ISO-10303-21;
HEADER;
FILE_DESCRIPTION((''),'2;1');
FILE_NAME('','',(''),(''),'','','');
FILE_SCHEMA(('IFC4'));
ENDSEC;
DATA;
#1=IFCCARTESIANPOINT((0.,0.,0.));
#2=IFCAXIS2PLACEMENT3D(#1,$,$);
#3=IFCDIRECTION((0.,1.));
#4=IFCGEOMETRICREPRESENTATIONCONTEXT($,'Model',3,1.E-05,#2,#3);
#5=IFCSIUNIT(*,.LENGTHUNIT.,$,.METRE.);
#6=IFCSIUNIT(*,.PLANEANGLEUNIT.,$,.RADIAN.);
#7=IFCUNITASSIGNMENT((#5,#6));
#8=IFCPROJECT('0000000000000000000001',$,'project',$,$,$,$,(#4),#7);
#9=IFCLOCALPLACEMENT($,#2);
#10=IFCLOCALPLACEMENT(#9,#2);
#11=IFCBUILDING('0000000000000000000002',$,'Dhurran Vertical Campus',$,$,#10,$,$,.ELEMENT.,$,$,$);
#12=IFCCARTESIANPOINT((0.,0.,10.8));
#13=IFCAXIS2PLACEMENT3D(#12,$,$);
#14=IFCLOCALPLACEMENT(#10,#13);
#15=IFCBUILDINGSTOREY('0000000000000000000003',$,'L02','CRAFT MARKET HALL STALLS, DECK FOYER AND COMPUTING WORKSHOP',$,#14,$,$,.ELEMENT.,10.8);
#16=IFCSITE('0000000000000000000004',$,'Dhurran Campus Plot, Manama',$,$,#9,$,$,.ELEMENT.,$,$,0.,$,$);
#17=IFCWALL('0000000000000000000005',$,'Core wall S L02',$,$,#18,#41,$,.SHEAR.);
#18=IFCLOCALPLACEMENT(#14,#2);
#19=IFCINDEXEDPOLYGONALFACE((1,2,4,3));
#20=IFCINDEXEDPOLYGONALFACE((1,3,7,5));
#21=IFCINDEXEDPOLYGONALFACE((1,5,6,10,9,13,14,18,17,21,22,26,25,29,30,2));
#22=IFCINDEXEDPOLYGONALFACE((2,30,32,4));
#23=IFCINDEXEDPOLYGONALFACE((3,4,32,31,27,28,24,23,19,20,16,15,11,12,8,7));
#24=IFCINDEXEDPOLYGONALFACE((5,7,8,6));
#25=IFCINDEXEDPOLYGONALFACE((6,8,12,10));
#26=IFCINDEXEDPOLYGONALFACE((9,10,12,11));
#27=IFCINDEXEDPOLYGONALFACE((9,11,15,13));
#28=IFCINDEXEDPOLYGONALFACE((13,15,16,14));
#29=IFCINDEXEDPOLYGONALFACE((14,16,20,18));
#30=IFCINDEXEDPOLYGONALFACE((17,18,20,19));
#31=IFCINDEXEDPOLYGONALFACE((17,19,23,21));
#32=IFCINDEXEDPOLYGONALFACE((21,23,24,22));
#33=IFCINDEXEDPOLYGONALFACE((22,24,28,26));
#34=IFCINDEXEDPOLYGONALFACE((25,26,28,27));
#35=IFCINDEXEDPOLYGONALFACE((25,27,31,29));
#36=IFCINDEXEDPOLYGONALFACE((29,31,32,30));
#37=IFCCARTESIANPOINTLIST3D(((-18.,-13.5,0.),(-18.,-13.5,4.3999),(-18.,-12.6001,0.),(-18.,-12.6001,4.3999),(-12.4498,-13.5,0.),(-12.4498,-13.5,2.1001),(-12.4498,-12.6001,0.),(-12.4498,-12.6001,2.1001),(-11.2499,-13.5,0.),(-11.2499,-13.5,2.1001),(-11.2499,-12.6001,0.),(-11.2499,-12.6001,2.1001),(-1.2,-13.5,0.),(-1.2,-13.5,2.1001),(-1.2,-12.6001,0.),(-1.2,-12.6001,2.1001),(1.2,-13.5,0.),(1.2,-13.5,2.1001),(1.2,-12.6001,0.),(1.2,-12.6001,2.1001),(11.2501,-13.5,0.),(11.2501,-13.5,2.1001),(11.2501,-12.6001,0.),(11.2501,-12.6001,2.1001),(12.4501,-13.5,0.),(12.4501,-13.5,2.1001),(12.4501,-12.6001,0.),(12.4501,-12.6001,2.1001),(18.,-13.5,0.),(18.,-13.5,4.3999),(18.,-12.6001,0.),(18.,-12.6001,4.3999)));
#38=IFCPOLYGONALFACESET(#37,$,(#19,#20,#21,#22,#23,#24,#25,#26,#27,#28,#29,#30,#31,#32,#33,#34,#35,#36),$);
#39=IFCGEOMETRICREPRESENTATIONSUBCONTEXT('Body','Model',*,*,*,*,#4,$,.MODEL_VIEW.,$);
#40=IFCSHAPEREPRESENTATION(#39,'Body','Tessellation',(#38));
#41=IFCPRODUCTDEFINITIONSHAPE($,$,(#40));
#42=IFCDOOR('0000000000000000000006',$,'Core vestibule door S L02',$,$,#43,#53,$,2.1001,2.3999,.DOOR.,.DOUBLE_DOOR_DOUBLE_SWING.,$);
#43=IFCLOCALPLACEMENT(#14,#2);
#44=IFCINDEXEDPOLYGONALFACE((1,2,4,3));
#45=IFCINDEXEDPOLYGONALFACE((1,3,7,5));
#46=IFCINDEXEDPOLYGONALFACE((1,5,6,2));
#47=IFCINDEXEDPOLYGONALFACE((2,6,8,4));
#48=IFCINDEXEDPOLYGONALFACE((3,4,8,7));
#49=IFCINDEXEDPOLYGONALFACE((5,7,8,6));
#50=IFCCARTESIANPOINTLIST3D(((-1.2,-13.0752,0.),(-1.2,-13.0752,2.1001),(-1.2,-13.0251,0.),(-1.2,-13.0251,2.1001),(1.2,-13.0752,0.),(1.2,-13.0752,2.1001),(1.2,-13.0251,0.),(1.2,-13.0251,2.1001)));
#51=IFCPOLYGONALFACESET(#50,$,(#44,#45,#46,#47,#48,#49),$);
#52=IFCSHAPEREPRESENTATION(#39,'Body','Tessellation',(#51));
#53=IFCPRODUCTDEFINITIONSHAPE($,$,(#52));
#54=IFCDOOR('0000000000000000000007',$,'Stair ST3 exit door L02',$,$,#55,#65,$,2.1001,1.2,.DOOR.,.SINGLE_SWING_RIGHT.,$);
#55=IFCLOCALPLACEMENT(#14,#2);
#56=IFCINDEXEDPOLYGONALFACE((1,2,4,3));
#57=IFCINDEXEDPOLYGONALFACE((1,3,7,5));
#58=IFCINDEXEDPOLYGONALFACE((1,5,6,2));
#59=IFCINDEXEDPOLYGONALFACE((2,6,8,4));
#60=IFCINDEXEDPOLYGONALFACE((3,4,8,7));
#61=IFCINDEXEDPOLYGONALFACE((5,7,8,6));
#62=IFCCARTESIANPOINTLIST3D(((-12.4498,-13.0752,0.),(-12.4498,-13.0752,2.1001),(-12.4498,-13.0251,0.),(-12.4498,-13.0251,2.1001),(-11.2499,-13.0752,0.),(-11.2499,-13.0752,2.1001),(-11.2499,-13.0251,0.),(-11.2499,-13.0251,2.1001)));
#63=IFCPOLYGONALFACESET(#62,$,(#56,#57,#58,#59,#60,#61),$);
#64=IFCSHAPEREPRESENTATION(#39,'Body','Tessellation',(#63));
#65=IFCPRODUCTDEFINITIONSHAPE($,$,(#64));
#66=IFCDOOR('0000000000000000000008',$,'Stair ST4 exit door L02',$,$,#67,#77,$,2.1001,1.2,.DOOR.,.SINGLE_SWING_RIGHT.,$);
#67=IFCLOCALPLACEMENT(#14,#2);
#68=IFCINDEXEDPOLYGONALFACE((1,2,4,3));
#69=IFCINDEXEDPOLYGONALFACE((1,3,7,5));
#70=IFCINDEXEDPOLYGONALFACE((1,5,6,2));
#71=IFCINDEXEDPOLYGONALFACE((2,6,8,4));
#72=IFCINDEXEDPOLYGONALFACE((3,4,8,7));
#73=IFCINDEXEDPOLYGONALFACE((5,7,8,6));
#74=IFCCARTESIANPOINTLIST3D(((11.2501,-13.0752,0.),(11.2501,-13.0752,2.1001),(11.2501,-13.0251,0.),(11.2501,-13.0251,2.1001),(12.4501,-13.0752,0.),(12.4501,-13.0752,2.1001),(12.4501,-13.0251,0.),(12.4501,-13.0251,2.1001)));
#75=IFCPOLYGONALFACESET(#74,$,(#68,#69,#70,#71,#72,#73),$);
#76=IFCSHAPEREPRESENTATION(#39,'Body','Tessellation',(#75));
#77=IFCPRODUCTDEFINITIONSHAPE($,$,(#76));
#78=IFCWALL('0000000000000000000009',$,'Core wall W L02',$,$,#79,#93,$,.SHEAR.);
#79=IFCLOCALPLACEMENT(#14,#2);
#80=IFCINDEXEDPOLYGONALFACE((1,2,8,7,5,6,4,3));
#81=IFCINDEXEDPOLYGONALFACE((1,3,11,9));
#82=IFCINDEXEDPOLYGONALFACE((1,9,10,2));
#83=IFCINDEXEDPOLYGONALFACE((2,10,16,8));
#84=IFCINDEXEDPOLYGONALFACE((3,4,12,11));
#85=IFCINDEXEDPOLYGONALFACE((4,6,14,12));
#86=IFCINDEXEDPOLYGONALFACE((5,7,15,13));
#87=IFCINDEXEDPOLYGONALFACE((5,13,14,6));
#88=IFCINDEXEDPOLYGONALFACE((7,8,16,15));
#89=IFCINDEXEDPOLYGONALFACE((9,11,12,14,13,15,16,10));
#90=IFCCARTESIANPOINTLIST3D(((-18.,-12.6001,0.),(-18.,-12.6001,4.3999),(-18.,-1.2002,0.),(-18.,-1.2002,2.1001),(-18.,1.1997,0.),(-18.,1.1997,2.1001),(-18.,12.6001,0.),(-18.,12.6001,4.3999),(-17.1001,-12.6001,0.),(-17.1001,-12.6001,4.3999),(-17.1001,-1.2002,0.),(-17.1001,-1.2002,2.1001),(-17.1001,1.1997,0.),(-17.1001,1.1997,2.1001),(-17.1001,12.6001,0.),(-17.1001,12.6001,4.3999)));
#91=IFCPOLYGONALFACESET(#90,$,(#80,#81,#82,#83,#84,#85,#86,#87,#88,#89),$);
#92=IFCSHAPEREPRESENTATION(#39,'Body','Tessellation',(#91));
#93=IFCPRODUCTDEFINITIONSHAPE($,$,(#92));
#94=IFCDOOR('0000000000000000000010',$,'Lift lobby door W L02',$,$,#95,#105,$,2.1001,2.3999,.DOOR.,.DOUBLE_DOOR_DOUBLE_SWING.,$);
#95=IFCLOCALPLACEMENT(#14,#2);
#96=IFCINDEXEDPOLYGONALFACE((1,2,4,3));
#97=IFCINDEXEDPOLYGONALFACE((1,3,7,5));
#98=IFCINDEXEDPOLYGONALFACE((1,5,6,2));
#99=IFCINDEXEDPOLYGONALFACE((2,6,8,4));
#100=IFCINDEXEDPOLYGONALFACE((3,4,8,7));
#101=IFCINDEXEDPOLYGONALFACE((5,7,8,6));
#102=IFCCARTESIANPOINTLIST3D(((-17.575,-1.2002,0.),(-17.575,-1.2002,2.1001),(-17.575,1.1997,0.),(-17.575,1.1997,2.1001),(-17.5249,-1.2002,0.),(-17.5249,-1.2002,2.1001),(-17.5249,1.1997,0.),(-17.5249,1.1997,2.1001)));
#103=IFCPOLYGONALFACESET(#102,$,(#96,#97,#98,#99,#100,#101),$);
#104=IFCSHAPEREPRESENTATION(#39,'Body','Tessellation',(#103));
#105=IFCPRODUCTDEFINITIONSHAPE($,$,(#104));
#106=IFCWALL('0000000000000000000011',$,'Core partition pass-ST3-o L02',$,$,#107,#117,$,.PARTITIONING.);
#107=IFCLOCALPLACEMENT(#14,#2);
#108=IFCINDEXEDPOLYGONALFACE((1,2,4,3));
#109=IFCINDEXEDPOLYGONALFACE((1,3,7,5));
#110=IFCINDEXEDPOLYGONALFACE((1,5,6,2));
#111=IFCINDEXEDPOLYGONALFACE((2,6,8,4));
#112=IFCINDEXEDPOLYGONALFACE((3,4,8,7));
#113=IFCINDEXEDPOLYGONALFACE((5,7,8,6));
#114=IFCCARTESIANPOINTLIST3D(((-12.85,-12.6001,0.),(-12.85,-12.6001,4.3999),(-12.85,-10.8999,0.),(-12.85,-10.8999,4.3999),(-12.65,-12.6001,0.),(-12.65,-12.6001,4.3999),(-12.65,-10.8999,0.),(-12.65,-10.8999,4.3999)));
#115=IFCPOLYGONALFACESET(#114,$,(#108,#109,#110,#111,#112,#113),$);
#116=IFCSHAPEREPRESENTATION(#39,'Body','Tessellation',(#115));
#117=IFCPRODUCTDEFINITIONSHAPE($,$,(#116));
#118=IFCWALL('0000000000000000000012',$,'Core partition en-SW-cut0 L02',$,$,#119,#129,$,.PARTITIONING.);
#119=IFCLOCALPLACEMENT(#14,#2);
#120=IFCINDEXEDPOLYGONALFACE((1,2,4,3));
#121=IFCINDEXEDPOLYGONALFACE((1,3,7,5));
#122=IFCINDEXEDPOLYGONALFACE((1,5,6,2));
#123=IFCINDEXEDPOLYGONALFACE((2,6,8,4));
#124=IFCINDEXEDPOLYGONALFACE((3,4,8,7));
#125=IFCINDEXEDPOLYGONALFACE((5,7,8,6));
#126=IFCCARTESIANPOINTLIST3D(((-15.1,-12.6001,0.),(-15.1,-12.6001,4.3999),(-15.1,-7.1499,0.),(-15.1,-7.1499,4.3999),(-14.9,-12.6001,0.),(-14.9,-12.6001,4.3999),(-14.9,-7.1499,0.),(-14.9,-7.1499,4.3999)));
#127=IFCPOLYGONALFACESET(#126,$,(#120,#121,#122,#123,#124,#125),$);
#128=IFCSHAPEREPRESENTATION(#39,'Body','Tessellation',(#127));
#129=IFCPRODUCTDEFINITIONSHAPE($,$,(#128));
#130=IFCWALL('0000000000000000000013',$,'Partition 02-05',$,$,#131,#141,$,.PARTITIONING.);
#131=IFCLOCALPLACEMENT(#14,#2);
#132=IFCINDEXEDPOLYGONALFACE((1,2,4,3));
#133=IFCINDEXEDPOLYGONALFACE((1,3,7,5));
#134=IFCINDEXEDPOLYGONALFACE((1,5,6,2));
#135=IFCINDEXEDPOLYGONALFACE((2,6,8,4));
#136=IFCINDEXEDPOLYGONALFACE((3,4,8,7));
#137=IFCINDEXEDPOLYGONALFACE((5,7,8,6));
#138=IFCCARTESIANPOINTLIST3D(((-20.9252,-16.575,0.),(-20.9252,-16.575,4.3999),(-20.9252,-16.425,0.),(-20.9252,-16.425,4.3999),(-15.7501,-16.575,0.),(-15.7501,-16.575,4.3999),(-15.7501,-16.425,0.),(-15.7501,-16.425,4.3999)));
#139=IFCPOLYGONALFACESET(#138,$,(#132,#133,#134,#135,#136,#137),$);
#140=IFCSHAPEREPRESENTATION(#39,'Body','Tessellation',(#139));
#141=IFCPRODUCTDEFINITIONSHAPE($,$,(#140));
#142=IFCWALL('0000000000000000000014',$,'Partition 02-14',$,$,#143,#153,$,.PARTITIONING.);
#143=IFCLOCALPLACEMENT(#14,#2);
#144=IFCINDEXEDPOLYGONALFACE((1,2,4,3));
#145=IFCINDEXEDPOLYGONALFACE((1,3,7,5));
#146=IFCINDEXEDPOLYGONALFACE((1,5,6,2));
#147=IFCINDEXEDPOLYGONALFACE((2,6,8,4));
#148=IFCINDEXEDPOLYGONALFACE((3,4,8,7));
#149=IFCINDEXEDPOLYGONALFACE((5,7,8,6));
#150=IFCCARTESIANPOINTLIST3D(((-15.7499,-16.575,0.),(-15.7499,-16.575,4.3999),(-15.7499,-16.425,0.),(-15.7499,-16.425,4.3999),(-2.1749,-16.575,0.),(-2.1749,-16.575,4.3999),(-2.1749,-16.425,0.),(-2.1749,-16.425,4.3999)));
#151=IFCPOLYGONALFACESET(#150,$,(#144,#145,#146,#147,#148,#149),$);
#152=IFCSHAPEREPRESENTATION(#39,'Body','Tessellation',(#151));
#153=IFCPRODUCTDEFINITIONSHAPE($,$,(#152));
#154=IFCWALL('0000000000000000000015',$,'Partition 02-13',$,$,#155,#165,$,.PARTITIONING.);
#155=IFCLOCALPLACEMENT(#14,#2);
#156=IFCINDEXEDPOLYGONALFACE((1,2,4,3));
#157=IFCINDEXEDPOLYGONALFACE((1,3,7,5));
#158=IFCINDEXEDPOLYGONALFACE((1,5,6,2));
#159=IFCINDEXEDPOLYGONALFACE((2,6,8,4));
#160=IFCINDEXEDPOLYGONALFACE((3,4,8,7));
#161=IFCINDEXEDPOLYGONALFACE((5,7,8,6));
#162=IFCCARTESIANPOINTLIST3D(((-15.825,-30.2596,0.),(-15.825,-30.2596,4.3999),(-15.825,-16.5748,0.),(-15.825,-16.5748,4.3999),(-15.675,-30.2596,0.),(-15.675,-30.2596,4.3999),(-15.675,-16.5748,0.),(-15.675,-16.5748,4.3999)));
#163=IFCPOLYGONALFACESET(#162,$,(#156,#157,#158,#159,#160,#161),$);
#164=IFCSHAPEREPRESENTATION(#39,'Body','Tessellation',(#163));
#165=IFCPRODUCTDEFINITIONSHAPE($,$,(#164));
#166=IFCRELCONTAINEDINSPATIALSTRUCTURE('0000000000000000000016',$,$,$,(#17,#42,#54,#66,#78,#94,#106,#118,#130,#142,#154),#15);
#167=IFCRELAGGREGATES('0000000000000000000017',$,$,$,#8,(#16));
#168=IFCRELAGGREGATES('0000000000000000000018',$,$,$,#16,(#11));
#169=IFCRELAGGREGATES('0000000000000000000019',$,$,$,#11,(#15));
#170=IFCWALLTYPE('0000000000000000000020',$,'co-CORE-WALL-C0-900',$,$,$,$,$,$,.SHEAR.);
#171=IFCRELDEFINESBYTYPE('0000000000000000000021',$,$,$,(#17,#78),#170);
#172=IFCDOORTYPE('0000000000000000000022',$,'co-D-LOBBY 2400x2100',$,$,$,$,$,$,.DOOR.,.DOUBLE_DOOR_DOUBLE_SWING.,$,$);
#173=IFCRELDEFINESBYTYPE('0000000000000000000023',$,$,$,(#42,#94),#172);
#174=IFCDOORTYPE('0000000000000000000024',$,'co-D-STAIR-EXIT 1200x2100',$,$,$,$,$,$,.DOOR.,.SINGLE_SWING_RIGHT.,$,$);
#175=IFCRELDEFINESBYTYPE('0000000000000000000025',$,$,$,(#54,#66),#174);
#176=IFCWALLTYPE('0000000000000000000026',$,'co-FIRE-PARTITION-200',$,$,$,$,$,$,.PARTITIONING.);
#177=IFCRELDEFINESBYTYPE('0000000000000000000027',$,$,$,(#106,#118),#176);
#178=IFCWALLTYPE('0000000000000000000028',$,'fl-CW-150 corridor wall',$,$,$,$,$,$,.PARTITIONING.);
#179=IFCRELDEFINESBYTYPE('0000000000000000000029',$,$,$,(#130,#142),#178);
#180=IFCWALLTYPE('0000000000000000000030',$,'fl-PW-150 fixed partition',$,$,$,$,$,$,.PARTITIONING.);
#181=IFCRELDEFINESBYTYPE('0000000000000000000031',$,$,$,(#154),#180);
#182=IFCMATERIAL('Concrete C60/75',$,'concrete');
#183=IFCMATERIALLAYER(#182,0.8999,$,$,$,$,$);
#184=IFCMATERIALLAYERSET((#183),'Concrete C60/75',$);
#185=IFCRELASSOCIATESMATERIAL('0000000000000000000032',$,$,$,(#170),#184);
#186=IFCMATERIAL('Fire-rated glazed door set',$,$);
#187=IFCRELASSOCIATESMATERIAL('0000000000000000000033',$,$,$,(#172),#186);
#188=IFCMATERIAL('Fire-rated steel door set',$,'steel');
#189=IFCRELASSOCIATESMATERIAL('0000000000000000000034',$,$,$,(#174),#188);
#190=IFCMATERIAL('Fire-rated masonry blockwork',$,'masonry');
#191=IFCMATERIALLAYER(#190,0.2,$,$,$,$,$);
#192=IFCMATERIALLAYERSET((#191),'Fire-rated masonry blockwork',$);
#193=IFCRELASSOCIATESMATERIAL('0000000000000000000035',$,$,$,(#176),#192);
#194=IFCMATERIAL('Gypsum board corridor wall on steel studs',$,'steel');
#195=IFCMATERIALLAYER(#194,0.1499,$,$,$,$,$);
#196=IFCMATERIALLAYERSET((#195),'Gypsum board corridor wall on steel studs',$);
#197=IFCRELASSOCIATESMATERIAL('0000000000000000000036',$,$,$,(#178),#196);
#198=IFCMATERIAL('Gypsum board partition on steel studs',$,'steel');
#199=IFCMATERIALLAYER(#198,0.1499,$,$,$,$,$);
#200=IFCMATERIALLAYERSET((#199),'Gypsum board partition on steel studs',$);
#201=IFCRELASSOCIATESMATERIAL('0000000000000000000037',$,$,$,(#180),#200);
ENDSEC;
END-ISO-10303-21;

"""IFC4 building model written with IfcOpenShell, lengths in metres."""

from ifc_helpers import new_model, si_unit, direction, frame, frame_2d, origin, place, context, subcontext, project, spatial, rectangle, extrude, material, layer, layer_set, type_object, element, fill, save


model = new_model("IFC4")

# Units and contexts
model_context = context("Model", 3, precision=1e-05, world=origin(), true_north=direction((0.0, 1.0)))
body_context = subcontext(model_context, "Body", "Model", "MODEL_VIEW")
ifc_project = project(units=[si_unit("LENGTHUNIT", "METRE"), si_unit("PLANEANGLEUNIT", "RADIAN")], contexts=[model_context])

# Site, building, storey
site_placement = place(None, origin())
site = spatial("IfcSite", under=ifc_project, at=site_placement, Name="Dhurran Campus Plot, Manama", CompositionType="ELEMENT", RefElevation=0.0)
building_placement = place(site_placement, origin())
building = spatial("IfcBuilding", under=site, at=building_placement, Name="Dhurran Vertical Campus", CompositionType="ELEMENT")
storey_placement = place(building_placement, frame((0.0, 0.0, 10.8)))
storey = spatial("IfcBuildingStorey", under=building, at=storey_placement, Name="L02", Description="CRAFT MARKET HALL STALLS, DECK FOYER AND COMPUTING WORKSHOP", CompositionType="ELEMENT", Elevation=10.8)

# Wall, openings, doors
ifc_material_1 = material(Name="Concrete C60/75", Category="concrete")
ifc_layer_1 = layer(ifc_material_1, 0.8999)
ifc_layer_set_1 = layer_set([ifc_layer_1], Name="Concrete C60/75")
wall_type_1 = type_object("IfcWallType", Name="co-CORE-WALL-C0-900", PredefinedType="SHEAR", material=ifc_layer_set_1)
wall_1_placement = place(storey_placement, frame((-18.0, -13.05, 0.0), z_axis=(0.0, 0.0, 1.0), x_axis=(1.0, 0.0, 0.0)))
wall_1 = element("IfcWall", 1, at=wall_1_placement, inside=storey, type_object=wall_type_1, Name="Core wall S L02", PredefinedType="SHEAR", context=body_context, shape_type="SweptSolid", body=[
    extrude(rectangle(XDim=36.0, YDim=0.8999, at=frame_2d((18.0, 0.0))), origin(), (0.0, 0.0, 1.0), 4.3999),
])
opening_1_placement = place(wall_1_placement, frame((16.8, 0.0, 0.0)))
opening_1 = element("IfcOpeningElement", 2, at=opening_1_placement, cuts=wall_1, PredefinedType="OPENING", context=body_context, shape_type="SweptSolid", body=[
    extrude(rectangle(XDim=2.3999, YDim=2.1001, at=frame_2d((1.2, 1.05))), frame((0.0, 0.46, 0.0), z_axis=(0.0, -1.0, 0.0), x_axis=(1.0, 0.0, 0.0)), (0.0, 0.0, 1.0), 0.9199),
])
opening_2_placement = place(wall_1_placement, frame((5.55, 0.0, 0.0)))
opening_2 = element("IfcOpeningElement", 3, at=opening_2_placement, cuts=wall_1, PredefinedType="OPENING", context=body_context, shape_type="SweptSolid", body=[
    extrude(rectangle(XDim=1.2, YDim=2.1001, at=frame_2d((0.6001, 1.05))), frame((0.0, 0.46, 0.0), z_axis=(0.0, -1.0, 0.0), x_axis=(1.0, 0.0, 0.0)), (0.0, 0.0, 1.0), 0.9199),
])
opening_3_placement = place(wall_1_placement, frame((29.25, 0.0, 0.0)))
opening_3 = element("IfcOpeningElement", 4, at=opening_3_placement, cuts=wall_1, PredefinedType="OPENING", context=body_context, shape_type="SweptSolid", body=[
    extrude(rectangle(XDim=1.2, YDim=2.1001, at=frame_2d((0.6001, 1.05))), frame((0.0, 0.46, 0.0), z_axis=(0.0, -1.0, 0.0), x_axis=(1.0, 0.0, 0.0)), (0.0, 0.0, 1.0), 0.9199),
])
ifc_material_2 = material(Name="Fire-rated glazed door set")
door_type_1 = type_object("IfcDoorType", Name="co-D-LOBBY 2400x2100", OperationType="DOUBLE_DOOR_DOUBLE_SWING", PredefinedType="DOOR", material=ifc_material_2)
door_1_placement = place(opening_1_placement, origin())
door_1 = element("IfcDoor", 5, at=door_1_placement, inside=storey, type_object=door_type_1, Name="Core vestibule door S L02", OperationType="DOUBLE_DOOR_DOUBLE_SWING", OverallHeight=2.1001, OverallWidth=2.3999, PredefinedType="DOOR", context=body_context, shape_type="SweptSolid", body=[
    extrude(rectangle(XDim=2.3999, YDim=2.1001, at=frame_2d((1.2, 1.05))), frame((0.0, 0.0249, 0.0), z_axis=(0.0, -1.0, 0.0), x_axis=(1.0, 0.0, 0.0)), (0.0, 0.0, 1.0), 0.05),
])
fill(opening_1, door_1)
ifc_material_3 = material(Name="Fire-rated steel door set", Category="steel")
door_type_2 = type_object("IfcDoorType", Name="co-D-STAIR-EXIT 1200x2100", OperationType="SINGLE_SWING_RIGHT", PredefinedType="DOOR", material=ifc_material_3)
door_2_placement = place(opening_2_placement, origin())
door_2 = element("IfcDoor", 6, at=door_2_placement, inside=storey, type_object=door_type_2, Name="Stair ST3 exit door L02", OperationType="SINGLE_SWING_RIGHT", OverallHeight=2.1001, OverallWidth=1.2, PredefinedType="DOOR", context=body_context, shape_type="SweptSolid", body=[
    extrude(rectangle(XDim=1.2, YDim=2.1001, at=frame_2d((0.6001, 1.05))), frame((0.0, 0.0249, 0.0), z_axis=(0.0, -1.0, 0.0), x_axis=(1.0, 0.0, 0.0)), (0.0, 0.0, 1.0), 0.05),
])
fill(opening_2, door_2)
door_3_placement = place(opening_3_placement, origin())
door_3 = element("IfcDoor", 7, at=door_3_placement, inside=storey, type_object=door_type_2, Name="Stair ST4 exit door L02", OperationType="SINGLE_SWING_RIGHT", OverallHeight=2.1001, OverallWidth=1.2, PredefinedType="DOOR", context=body_context, shape_type="SweptSolid", body=[
    extrude(rectangle(XDim=1.2, YDim=2.1001, at=frame_2d((0.6001, 1.05))), frame((0.0, 0.0249, 0.0), z_axis=(0.0, -1.0, 0.0), x_axis=(1.0, 0.0, 0.0)), (0.0, 0.0, 1.0), 0.05),
])
fill(opening_3, door_3)

# Wall, opening, door
wall_2_placement = place(storey_placement, frame((-17.55, -12.6001, 0.0), z_axis=(0.0, 0.0, 1.0), x_axis=(0.0, 1.0, 0.0)))
wall_2 = element("IfcWall", 8, at=wall_2_placement, inside=storey, type_object=wall_type_1, Name="Core wall W L02", PredefinedType="SHEAR", context=body_context, shape_type="SweptSolid", body=[
    extrude(rectangle(XDim=25.2002, YDim=0.8999, at=frame_2d((12.6001, 0.0))), origin(), (0.0, 0.0, 1.0), 4.3999),
])
opening_4_placement = place(wall_2_placement, frame((11.3999, 0.0, 0.0)))
opening_4 = element("IfcOpeningElement", 9, at=opening_4_placement, cuts=wall_2, PredefinedType="OPENING", context=body_context, shape_type="SweptSolid", body=[
    extrude(rectangle(XDim=2.3999, YDim=2.1001, at=frame_2d((1.2, 1.05))), frame((0.0, 0.46, 0.0), z_axis=(0.0, -1.0, 0.0), x_axis=(1.0, 0.0, 0.0)), (0.0, 0.0, 1.0), 0.9199),
])
door_4_placement = place(opening_4_placement, origin())
door_4 = element("IfcDoor", 10, at=door_4_placement, inside=storey, type_object=door_type_1, Name="Lift lobby door W L02", OperationType="DOUBLE_DOOR_DOUBLE_SWING", OverallHeight=2.1001, OverallWidth=2.3999, PredefinedType="DOOR", context=body_context, shape_type="SweptSolid", body=[
    extrude(rectangle(XDim=2.3999, YDim=2.1001, at=frame_2d((1.2, 1.05))), frame((0.0, 0.0249, 0.0), z_axis=(0.0, -1.0, 0.0), x_axis=(1.0, 0.0, 0.0)), (0.0, 0.0, 1.0), 0.05),
])
fill(opening_4, door_4)

# Walls
ifc_material_4 = material(Name="Fire-rated masonry blockwork", Category="masonry")
ifc_layer_2 = layer(ifc_material_4, 0.2)
ifc_layer_set_2 = layer_set([ifc_layer_2], Name="Fire-rated masonry blockwork")
wall_type_2 = type_object("IfcWallType", Name="co-FIRE-PARTITION-200", PredefinedType="PARTITIONING", material=ifc_layer_set_2)
wall_3_placement = place(storey_placement, frame((-12.75, -12.6001, 0.0), z_axis=(0.0, 0.0, 1.0), x_axis=(0.0, 1.0, 0.0)))
element("IfcWall", 11, at=wall_3_placement, inside=storey, type_object=wall_type_2, Name="Core partition pass-ST3-o L02", PredefinedType="PARTITIONING", context=body_context, shape_type="SweptSolid", body=[
    extrude(rectangle(XDim=1.7002, YDim=0.2, at=frame_2d((0.8501, 0.0))), origin(), (0.0, 0.0, 1.0), 4.3999),
])
wall_4_placement = place(storey_placement, frame((-15.0, -12.6001, 0.0), z_axis=(0.0, 0.0, 1.0), x_axis=(0.0, 1.0, 0.0)))
element("IfcWall", 12, at=wall_4_placement, inside=storey, type_object=wall_type_2, Name="Core partition en-SW-cut0 L02", PredefinedType="PARTITIONING", context=body_context, shape_type="SweptSolid", body=[
    extrude(rectangle(XDim=5.4502, YDim=0.2, at=frame_2d((2.7251, 0.0))), origin(), (0.0, 0.0, 1.0), 4.3999),
])
ifc_material_5 = material(Name="Gypsum board corridor wall on steel studs", Category="steel")
ifc_layer_3 = layer(ifc_material_5, 0.1499)
ifc_layer_set_3 = layer_set([ifc_layer_3], Name="Gypsum board corridor wall on steel studs")
wall_type_3 = type_object("IfcWallType", Name="fl-CW-150 corridor wall", PredefinedType="PARTITIONING", material=ifc_layer_set_3)
wall_5_placement = place(storey_placement, frame((-20.925, -16.5, 0.0), z_axis=(0.0, 0.0, 1.0), x_axis=(1.0, 0.0, 0.0)))
element("IfcWall", 13, at=wall_5_placement, inside=storey, type_object=wall_type_3, Name="Partition 02-05", PredefinedType="PARTITIONING", context=body_context, shape_type="SweptSolid", body=[
    extrude(rectangle(XDim=5.175, YDim=0.1499, at=frame_2d((2.5874, 0.0))), origin(), (0.0, 0.0, 1.0), 4.3999),
])
wall_6_placement = place(storey_placement, frame((-15.75, -16.5, 0.0), z_axis=(0.0, 0.0, 1.0), x_axis=(1.0, 0.0, 0.0)))
element("IfcWall", 14, at=wall_6_placement, inside=storey, type_object=wall_type_3, Name="Partition 02-14", PredefinedType="PARTITIONING", context=body_context, shape_type="SweptSolid", body=[
    extrude(rectangle(XDim=13.575, YDim=0.1499, at=frame_2d((6.7876, 0.0))), origin(), (0.0, 0.0, 1.0), 4.3999),
])
ifc_material_6 = material(Name="Gypsum board partition on steel studs", Category="steel")
ifc_layer_4 = layer(ifc_material_6, 0.1499)
ifc_layer_set_4 = layer_set([ifc_layer_4], Name="Gypsum board partition on steel studs")
wall_type_4 = type_object("IfcWallType", Name="fl-PW-150 fixed partition", PredefinedType="PARTITIONING", material=ifc_layer_set_4)
wall_7_placement = place(storey_placement, frame((-15.75, -16.575, 0.0), z_axis=(0.0, 0.0, 1.0), x_axis=(0.0, -1.0, 0.0)))
element("IfcWall", 15, at=wall_7_placement, inside=storey, type_object=wall_type_4, Name="Partition 02-13", PredefinedType="PARTITIONING", context=body_context, shape_type="SweptSolid", body=[
    extrude(rectangle(XDim=13.6848, YDim=0.1499, at=frame_2d((6.8423, 0.0))), origin(), (0.0, 0.0, 1.0), 4.3999),
])

save(model, "model.ifc")
